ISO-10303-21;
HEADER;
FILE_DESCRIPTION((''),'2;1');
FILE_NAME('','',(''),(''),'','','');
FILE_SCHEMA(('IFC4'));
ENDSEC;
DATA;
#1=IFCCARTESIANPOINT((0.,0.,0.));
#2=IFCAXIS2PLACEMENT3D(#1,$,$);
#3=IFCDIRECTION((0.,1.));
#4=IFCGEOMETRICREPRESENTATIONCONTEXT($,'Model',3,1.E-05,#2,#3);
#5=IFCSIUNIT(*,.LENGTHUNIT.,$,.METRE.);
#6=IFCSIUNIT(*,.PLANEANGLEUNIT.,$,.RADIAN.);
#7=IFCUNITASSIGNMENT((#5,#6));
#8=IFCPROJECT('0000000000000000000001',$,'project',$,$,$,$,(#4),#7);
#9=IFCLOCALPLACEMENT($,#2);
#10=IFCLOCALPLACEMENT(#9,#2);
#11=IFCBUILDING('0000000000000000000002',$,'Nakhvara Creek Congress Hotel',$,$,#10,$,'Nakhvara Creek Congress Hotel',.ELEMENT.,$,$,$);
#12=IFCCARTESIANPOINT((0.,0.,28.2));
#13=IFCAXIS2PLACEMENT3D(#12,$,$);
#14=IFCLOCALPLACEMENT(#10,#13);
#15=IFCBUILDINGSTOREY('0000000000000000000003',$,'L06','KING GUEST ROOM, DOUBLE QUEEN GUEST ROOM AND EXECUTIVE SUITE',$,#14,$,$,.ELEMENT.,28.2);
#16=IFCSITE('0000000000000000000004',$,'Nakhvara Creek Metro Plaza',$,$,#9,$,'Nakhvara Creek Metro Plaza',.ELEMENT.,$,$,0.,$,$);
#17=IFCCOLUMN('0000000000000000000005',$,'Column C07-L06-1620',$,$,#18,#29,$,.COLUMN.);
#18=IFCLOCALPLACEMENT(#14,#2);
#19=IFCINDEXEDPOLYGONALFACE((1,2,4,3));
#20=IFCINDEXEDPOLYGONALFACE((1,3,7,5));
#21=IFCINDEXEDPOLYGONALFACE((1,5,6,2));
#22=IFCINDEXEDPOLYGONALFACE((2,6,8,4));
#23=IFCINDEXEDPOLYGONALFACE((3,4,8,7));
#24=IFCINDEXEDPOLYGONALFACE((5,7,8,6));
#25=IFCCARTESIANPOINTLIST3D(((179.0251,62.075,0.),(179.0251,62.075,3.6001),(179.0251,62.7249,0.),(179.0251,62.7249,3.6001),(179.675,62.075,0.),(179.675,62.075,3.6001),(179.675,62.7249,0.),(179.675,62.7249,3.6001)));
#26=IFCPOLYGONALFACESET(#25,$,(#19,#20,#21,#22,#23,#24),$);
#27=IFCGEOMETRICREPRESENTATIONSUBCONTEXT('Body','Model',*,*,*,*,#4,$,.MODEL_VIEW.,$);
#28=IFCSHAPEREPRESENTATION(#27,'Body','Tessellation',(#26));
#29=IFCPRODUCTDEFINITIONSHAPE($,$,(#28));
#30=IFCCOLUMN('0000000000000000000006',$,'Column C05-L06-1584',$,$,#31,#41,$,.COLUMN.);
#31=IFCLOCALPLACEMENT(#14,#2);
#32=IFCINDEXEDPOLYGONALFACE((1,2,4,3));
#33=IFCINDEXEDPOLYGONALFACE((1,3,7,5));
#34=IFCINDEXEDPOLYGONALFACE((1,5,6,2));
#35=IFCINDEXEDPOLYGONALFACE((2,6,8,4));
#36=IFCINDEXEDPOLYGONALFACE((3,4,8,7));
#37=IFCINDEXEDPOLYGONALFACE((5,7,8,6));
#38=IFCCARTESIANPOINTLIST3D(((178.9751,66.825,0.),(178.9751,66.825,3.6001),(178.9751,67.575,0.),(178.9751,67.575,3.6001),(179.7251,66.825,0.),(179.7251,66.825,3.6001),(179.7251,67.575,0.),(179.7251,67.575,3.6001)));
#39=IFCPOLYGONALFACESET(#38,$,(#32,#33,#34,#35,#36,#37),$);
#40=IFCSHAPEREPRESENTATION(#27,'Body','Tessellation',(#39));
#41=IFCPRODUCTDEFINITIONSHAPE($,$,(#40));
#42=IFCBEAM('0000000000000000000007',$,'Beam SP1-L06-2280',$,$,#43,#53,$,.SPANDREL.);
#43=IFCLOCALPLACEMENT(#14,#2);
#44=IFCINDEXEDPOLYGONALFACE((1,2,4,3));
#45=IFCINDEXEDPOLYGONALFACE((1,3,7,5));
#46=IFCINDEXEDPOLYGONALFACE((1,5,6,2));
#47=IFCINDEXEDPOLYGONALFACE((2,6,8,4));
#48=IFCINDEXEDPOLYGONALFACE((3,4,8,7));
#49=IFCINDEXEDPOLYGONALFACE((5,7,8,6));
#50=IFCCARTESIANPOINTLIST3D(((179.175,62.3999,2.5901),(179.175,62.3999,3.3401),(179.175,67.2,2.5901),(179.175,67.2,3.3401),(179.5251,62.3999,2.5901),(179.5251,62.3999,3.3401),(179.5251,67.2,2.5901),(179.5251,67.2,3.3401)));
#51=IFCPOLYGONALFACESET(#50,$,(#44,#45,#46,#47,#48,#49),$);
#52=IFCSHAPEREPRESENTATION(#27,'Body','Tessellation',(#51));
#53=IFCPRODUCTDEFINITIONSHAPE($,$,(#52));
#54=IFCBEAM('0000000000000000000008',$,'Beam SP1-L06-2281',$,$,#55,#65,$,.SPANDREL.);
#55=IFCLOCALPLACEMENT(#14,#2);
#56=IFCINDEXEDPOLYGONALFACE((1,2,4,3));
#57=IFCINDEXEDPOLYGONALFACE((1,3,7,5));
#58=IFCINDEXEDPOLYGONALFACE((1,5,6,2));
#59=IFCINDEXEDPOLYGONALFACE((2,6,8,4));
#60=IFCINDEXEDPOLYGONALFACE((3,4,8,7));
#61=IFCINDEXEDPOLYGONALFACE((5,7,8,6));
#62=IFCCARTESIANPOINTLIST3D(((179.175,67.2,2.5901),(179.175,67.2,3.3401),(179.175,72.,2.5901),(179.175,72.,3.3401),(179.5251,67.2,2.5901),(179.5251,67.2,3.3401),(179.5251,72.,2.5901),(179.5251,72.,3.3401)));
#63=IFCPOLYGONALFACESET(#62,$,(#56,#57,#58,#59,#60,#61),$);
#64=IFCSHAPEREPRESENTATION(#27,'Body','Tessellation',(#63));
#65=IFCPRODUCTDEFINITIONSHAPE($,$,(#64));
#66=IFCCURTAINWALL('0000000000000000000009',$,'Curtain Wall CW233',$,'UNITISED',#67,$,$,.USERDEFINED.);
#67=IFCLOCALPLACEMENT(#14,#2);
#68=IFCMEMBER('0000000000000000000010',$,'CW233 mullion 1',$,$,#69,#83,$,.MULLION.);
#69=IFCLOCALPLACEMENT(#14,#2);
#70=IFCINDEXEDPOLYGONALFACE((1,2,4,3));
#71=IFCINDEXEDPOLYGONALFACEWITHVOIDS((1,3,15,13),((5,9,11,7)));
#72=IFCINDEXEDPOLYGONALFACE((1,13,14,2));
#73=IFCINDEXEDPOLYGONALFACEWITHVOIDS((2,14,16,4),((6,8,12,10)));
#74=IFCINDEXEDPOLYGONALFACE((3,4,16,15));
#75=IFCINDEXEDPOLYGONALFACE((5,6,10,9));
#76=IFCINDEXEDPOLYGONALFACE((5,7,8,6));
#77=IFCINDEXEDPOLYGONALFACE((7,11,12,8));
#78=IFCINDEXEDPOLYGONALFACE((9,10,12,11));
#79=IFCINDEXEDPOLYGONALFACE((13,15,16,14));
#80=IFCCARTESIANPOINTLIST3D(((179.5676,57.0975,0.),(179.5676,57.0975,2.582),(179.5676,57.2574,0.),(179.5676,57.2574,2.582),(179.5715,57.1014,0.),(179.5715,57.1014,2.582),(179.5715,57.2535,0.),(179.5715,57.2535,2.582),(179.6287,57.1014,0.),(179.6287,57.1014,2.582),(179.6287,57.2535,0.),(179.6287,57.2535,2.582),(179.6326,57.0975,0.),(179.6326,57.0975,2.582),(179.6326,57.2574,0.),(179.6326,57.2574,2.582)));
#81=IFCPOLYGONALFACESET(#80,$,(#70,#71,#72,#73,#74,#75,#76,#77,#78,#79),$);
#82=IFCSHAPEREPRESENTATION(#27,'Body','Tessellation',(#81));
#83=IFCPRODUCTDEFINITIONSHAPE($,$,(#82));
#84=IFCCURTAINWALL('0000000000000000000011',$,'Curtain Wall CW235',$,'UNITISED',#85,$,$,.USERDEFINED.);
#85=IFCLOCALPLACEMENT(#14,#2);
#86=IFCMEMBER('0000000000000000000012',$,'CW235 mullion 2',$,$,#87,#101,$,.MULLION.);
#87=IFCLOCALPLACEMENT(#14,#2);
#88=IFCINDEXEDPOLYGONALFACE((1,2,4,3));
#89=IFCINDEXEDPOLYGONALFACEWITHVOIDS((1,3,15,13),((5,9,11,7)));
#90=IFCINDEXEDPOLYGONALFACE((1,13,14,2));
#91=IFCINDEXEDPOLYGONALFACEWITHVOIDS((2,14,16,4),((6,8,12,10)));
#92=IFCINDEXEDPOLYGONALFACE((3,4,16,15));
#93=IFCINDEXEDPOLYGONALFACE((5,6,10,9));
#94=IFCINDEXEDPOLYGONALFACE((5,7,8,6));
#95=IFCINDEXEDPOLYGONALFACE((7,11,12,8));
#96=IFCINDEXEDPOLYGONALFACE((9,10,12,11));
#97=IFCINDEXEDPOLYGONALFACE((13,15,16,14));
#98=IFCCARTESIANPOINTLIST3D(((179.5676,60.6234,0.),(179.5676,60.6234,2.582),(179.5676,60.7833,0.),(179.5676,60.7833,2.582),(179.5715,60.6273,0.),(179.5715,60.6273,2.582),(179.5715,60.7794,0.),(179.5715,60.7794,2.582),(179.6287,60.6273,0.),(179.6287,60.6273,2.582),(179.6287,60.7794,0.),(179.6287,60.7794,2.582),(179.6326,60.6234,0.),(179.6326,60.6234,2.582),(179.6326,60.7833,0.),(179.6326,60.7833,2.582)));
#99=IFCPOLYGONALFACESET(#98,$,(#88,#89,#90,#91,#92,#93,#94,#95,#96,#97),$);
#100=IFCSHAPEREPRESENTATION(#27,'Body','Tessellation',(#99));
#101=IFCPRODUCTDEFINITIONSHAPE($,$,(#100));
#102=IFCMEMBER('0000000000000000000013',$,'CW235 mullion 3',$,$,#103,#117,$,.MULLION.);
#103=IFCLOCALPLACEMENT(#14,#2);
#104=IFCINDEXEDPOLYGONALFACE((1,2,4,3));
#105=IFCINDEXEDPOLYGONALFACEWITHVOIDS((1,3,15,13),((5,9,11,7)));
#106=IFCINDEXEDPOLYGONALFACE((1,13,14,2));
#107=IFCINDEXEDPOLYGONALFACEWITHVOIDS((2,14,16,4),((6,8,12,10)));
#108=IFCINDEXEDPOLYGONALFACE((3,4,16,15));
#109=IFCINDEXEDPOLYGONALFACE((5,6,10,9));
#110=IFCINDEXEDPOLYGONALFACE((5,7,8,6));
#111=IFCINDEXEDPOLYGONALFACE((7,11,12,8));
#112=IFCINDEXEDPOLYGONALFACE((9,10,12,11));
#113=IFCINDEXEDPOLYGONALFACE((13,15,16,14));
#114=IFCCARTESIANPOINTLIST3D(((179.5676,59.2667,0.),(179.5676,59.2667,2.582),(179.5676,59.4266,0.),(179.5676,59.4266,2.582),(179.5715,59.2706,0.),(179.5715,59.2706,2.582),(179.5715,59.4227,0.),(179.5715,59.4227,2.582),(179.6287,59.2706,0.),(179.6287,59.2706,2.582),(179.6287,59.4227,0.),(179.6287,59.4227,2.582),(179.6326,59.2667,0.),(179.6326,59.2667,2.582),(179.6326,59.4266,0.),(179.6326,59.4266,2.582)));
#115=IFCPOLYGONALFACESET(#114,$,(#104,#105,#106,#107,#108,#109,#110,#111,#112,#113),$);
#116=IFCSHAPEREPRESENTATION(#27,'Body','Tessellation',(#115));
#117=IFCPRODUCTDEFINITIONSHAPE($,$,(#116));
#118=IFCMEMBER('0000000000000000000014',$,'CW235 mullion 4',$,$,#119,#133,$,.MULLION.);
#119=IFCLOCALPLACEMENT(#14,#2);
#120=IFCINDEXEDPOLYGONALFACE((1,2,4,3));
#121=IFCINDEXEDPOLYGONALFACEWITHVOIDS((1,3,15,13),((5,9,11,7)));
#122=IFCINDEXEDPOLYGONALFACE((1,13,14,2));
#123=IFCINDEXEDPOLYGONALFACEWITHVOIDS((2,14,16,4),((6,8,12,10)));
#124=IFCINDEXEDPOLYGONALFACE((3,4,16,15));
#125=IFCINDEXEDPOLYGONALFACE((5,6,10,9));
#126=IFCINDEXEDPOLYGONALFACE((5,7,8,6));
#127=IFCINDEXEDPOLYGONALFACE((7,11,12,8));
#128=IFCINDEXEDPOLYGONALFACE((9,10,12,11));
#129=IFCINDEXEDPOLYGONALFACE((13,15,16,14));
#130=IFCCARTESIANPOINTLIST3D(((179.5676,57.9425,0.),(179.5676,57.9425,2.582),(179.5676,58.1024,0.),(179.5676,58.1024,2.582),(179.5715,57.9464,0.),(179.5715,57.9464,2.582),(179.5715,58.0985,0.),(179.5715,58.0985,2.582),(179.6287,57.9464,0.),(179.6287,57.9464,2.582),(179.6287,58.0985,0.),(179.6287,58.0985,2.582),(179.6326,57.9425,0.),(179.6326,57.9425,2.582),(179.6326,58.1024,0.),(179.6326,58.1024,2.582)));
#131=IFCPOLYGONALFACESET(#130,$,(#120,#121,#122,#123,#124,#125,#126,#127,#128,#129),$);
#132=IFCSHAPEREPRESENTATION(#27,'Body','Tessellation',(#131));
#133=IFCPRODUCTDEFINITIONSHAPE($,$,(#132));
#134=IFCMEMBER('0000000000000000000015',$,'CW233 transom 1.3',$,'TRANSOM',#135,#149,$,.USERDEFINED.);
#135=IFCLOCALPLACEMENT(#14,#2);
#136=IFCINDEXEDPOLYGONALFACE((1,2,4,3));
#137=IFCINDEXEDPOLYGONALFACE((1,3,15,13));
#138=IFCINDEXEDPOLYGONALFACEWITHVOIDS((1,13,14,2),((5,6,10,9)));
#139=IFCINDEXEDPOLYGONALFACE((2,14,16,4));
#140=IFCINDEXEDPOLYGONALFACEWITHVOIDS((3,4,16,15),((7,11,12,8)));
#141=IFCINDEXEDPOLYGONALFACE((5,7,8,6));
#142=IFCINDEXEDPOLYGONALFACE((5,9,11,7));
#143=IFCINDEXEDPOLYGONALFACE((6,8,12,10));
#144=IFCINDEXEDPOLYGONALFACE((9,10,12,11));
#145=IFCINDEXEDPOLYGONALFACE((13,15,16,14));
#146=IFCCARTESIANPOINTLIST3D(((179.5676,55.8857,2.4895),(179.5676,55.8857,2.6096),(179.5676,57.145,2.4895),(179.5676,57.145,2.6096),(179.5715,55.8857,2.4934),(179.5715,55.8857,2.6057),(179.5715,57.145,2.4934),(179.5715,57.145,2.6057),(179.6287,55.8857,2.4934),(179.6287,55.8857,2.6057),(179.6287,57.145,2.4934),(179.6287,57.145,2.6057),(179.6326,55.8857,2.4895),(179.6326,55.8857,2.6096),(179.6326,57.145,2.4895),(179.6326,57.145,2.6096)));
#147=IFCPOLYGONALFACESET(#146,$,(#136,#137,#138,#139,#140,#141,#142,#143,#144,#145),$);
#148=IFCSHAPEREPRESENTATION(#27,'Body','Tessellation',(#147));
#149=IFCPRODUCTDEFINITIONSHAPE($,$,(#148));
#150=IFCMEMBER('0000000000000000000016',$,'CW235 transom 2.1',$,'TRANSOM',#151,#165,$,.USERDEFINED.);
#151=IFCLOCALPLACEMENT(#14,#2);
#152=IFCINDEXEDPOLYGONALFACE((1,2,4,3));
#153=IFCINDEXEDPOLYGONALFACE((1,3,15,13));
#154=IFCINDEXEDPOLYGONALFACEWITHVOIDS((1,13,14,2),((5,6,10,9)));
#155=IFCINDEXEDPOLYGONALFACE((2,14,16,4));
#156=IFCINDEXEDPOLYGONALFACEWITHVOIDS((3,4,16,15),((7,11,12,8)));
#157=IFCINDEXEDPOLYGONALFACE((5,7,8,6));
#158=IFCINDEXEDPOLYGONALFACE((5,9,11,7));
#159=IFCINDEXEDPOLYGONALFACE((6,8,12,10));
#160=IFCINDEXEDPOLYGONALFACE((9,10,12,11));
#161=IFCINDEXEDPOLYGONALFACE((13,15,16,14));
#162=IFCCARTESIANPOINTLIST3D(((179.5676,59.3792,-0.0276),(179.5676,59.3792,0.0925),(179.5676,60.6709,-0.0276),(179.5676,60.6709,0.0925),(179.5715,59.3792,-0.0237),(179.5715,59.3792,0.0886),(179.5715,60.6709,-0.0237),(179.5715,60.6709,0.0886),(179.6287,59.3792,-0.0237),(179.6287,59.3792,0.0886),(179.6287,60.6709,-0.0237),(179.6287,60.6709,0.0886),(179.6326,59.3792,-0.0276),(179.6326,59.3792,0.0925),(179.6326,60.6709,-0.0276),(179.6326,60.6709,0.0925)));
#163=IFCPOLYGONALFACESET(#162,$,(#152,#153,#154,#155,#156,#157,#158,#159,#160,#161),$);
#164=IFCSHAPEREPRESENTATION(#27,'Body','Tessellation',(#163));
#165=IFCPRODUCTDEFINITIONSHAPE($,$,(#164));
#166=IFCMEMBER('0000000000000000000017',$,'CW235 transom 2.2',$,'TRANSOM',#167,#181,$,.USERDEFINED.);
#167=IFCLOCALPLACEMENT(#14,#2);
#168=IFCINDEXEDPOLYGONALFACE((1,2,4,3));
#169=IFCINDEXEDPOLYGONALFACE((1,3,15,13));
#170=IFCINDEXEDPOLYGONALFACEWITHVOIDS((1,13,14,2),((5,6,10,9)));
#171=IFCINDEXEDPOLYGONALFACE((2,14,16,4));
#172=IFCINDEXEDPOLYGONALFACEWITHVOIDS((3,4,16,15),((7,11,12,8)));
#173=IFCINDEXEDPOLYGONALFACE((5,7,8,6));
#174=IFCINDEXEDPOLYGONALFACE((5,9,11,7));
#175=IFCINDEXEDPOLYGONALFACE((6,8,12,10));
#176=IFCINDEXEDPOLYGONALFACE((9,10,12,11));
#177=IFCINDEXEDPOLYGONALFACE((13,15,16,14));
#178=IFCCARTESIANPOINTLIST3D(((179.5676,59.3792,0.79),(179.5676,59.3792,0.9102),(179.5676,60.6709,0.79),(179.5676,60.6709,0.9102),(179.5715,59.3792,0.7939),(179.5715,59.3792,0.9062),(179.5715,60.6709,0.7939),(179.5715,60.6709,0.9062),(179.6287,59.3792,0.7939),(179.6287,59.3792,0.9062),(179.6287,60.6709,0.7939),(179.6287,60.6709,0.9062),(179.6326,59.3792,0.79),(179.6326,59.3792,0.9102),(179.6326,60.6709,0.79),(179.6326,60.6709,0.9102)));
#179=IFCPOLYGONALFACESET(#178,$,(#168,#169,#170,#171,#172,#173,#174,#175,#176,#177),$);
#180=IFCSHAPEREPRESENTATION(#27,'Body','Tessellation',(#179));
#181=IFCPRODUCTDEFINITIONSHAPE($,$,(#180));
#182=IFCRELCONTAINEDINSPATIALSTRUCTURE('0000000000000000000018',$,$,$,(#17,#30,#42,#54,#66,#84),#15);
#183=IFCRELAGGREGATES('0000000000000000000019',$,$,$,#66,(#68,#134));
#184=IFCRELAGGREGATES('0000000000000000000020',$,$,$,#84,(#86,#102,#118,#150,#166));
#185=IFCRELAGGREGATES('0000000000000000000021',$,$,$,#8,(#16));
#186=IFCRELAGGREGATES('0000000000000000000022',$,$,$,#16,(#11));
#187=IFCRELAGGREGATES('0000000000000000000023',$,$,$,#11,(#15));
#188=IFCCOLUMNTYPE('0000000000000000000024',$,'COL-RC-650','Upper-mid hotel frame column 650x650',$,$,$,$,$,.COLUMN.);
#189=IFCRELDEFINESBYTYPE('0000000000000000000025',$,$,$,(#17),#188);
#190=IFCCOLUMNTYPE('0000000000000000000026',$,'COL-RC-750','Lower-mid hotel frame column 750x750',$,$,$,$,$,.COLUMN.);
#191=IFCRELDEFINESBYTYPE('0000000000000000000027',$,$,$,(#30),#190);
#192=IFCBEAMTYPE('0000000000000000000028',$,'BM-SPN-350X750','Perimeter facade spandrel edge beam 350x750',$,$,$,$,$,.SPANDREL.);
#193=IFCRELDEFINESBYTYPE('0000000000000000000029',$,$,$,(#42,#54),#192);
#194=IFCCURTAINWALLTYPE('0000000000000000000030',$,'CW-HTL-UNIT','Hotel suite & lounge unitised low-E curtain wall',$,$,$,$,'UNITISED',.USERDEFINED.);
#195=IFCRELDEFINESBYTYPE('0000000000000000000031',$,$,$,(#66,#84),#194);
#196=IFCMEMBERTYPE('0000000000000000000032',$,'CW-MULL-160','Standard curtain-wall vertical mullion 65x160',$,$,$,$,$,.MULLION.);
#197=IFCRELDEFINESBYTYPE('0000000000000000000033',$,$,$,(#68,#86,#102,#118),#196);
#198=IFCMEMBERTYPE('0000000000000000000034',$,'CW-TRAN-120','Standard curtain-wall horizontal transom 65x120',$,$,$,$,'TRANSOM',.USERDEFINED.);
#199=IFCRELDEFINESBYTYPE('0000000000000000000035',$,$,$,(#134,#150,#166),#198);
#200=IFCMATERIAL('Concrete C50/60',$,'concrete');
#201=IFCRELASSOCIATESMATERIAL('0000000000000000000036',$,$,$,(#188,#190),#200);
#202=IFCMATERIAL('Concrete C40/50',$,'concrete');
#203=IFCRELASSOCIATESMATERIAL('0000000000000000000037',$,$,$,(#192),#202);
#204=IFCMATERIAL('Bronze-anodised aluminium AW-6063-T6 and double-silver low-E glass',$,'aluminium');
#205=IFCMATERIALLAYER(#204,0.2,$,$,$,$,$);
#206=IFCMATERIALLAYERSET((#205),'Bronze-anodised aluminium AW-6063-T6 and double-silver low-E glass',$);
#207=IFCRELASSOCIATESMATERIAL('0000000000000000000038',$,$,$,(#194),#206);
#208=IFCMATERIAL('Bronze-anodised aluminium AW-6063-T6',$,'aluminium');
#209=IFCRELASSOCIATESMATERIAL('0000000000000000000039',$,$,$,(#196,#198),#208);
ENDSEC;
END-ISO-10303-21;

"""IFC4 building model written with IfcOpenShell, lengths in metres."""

from ifc_helpers import new_model, si_unit, direction, frame, origin, origin_2d, place, context, subcontext, project, spatial, rectangle, hollow_rectangle, extrude, material, layer, layer_set, material_profile, profile_set, type_object, element, aggregate, save


model = new_model("IFC4")

# Units and contexts
model_context = context("Model", 3, precision=1e-05, world=origin(), true_north=direction((0.0, 1.0)))
body_context = subcontext(model_context, "Body", "Model", "MODEL_VIEW")
ifc_project = project(units=[si_unit("LENGTHUNIT", "METRE"), si_unit("PLANEANGLEUNIT", "RADIAN")], contexts=[model_context])

# Site, building, storey
site_placement = place(None, origin())
site = spatial("IfcSite", under=ifc_project, at=site_placement, Name="Nakhvara Creek Metro Plaza", LongName="Nakhvara Creek Metro Plaza", CompositionType="ELEMENT", RefElevation=0.0)
building_placement = place(site_placement, origin())
building = spatial("IfcBuilding", under=site, at=building_placement, Name="Nakhvara Creek Congress Hotel", LongName="Nakhvara Creek Congress Hotel", CompositionType="ELEMENT")
storey_placement = place(building_placement, frame((0.0, 0.0, 28.2)))
storey = spatial("IfcBuildingStorey", under=building, at=storey_placement, Name="L06", Description="KING GUEST ROOM, DOUBLE QUEEN GUEST ROOM AND EXECUTIVE SUITE", CompositionType="ELEMENT", Elevation=28.2)

# Columns
ifc_material_1 = material(Name="Concrete C50/60", Category="concrete")
ifc_material_profile_1 = material_profile(ifc_material_1, rectangle(XDim=0.6499, YDim=0.6499, at=origin_2d()), Name="RC-COL 650x650", Category="LoadBearing")
ifc_profile_set_1 = profile_set([ifc_material_profile_1], Name="Concrete C50/60")
column_type_1 = type_object("IfcColumnType", Name="COL-RC-650", Description="Upper-mid hotel frame column 650x650", PredefinedType="COLUMN", material=ifc_profile_set_1)
column_1_placement = place(storey_placement, frame((179.3501, 62.3999, 0.0), z_axis=(0.0, 0.0, 1.0), x_axis=(1.0, 0.0, 0.0)))
element("IfcColumn", 1, at=column_1_placement, inside=storey, type_object=column_type_1, Name="Column C07-L06-1620", PredefinedType="COLUMN", context=body_context, shape_type="SweptSolid", body=[
    extrude(rectangle(XDim=0.6499, YDim=0.6499, at=origin_2d()), origin(), (0.0, 0.0, 1.0), 3.6001),
])
ifc_material_profile_2 = material_profile(ifc_material_1, rectangle(XDim=0.75, YDim=0.75, at=origin_2d()), Name="RC-COL 750x750", Category="LoadBearing")
ifc_profile_set_2 = profile_set([ifc_material_profile_2], Name="Concrete C50/60")
column_type_2 = type_object("IfcColumnType", Name="COL-RC-750", Description="Lower-mid hotel frame column 750x750", PredefinedType="COLUMN", material=ifc_profile_set_2)
column_2_placement = place(storey_placement, frame((179.3501, 67.2, 0.0), z_axis=(0.0, 0.0, 1.0), x_axis=(1.0, 0.0, 0.0)))
element("IfcColumn", 2, at=column_2_placement, inside=storey, type_object=column_type_2, Name="Column C05-L06-1584", PredefinedType="COLUMN", context=body_context, shape_type="SweptSolid", body=[
    extrude(rectangle(XDim=0.75, YDim=0.75, at=origin_2d()), origin(), (0.0, 0.0, 1.0), 3.6001),
])

# Beams
ifc_material_2 = material(Name="Concrete C40/50", Category="concrete")
ifc_material_profile_3 = material_profile(ifc_material_2, rectangle(XDim=0.3501, YDim=0.75, at=origin_2d()), Name="RC-SPANDREL 350x750", Category="LoadBearing")
ifc_profile_set_3 = profile_set([ifc_material_profile_3], Name="Concrete C40/50")
beam_type = type_object("IfcBeamType", Name="BM-SPN-350X750", Description="Perimeter facade spandrel edge beam 350x750", PredefinedType="SPANDREL", material=ifc_profile_set_3)
for number, where, z_axis, x_axis, name in (
    (3, (179.3501, 62.3999, 2.9651), (0.0, 1.0, 0.0), (-1.0, 0.0, 0.0), "Beam SP1-L06-2280"),
    (4, (179.3501, 67.2, 2.9651), (0.0, 1.0, 0.0), (-1.0, 0.0, 0.0), "Beam SP1-L06-2281"),
):
    element("IfcBeam", number, at=place(storey_placement, frame(where, z_axis=z_axis, x_axis=x_axis)), inside=storey, type_object=beam_type, Name=name, PredefinedType="SPANDREL", context=body_context, shape_type="SweptSolid", body=[
        extrude(rectangle(XDim=0.3501, YDim=0.75, at=origin_2d()), origin(), (0.0, 0.0, 1.0), 4.8),
    ])

# Curtain wall, member
ifc_material_3 = material(Name="Bronze-anodised aluminium AW-6063-T6 and double-silver low-E glass", Category="aluminium")
ifc_layer_1 = layer(ifc_material_3, 0.2)
ifc_layer_set_1 = layer_set([ifc_layer_1], Name="Bronze-anodised aluminium AW-6063-T6 and double-silver low-E glass")
curtain_wall_type = type_object("IfcCurtainWallType", Name="CW-HTL-UNIT", Description="Hotel suite & lounge unitised low-E curtain wall", ElementType="UNITISED", PredefinedType="USERDEFINED", material=ifc_layer_set_1)
curtain_wall_1_placement = place(storey_placement, origin())
curtain_wall_1 = element("IfcCurtainWall", 5, at=curtain_wall_1_placement, inside=storey, type_object=curtain_wall_type, Name="Curtain Wall CW233", ObjectType="UNITISED", PredefinedType="USERDEFINED")
ifc_material_4 = material(Name="Bronze-anodised aluminium AW-6063-T6", Category="aluminium")
ifc_material_profile_4 = material_profile(ifc_material_4, hollow_rectangle(XDim=0.0649, YDim=0.1599, WallThickness=0.0039, at=origin_2d()), Name="ALU-MULL 65x160x4", Category="LoadBearing")
ifc_profile_set_4 = profile_set([ifc_material_profile_4], Name="Bronze-anodised aluminium AW-6063-T6")
member_type_1 = type_object("IfcMemberType", Name="CW-MULL-160", Description="Standard curtain-wall vertical mullion 65x160", PredefinedType="MULLION", material=ifc_profile_set_4)
member_1_placement = place(storey_placement, frame((179.6001, 57.1775, 0.0), z_axis=(0.0, 0.0, 1.0), x_axis=(1.0, 0.0, 0.0)))
member_1 = element("IfcMember", 6, at=member_1_placement, type_object=member_type_1, Name="CW233 mullion 1", PredefinedType="MULLION", context=body_context, shape_type="SweptSolid", body=[
    extrude(hollow_rectangle(XDim=0.0649, YDim=0.1599, WallThickness=0.0039, at=origin_2d()), origin(), (0.0, 0.0, 1.0), 2.582),
])

# Curtain wall, members
curtain_wall_2_placement = place(storey_placement, origin())
curtain_wall_2 = element("IfcCurtainWall", 7, at=curtain_wall_2_placement, inside=storey, type_object=curtain_wall_type, Name="Curtain Wall CW235", ObjectType="UNITISED", PredefinedType="USERDEFINED")
member_2_placement = place(storey_placement, frame((179.6001, 60.7034, 0.0), z_axis=(0.0, 0.0, 1.0), x_axis=(1.0, 0.0, 0.0)))
member_2 = element("IfcMember", 8, at=member_2_placement, type_object=member_type_1, Name="CW235 mullion 2", PredefinedType="MULLION", context=body_context, shape_type="SweptSolid", body=[
    extrude(hollow_rectangle(XDim=0.0649, YDim=0.1599, WallThickness=0.0039, at=origin_2d()), origin(), (0.0, 0.0, 1.0), 2.582),
])
member_3_placement = place(storey_placement, frame((179.6001, 59.3467, 0.0), z_axis=(0.0, 0.0, 1.0), x_axis=(1.0, 0.0, 0.0)))
member_3 = element("IfcMember", 9, at=member_3_placement, type_object=member_type_1, Name="CW235 mullion 3", PredefinedType="MULLION", context=body_context, shape_type="SweptSolid", body=[
    extrude(hollow_rectangle(XDim=0.0649, YDim=0.1599, WallThickness=0.0039, at=origin_2d()), origin(), (0.0, 0.0, 1.0), 2.582),
])
member_4_placement = place(storey_placement, frame((179.6001, 58.0225, 0.0), z_axis=(0.0, 0.0, 1.0), x_axis=(1.0, 0.0, 0.0)))
member_4 = element("IfcMember", 10, at=member_4_placement, type_object=member_type_1, Name="CW235 mullion 4", PredefinedType="MULLION", context=body_context, shape_type="SweptSolid", body=[
    extrude(hollow_rectangle(XDim=0.0649, YDim=0.1599, WallThickness=0.0039, at=origin_2d()), origin(), (0.0, 0.0, 1.0), 2.582),
])

# Members
ifc_material_profile_5 = material_profile(ifc_material_4, hollow_rectangle(XDim=0.0649, YDim=0.1201, WallThickness=0.0039, at=origin_2d()), Name="ALU-TRAN 65x120x4", Category="LoadBearing")
ifc_profile_set_5 = profile_set([ifc_material_profile_5], Name="Bronze-anodised aluminium AW-6063-T6")
member_type_2 = type_object("IfcMemberType", Name="CW-TRAN-120", Description="Standard curtain-wall horizontal transom 65x120", ElementType="TRANSOM", PredefinedType="USERDEFINED", material=ifc_profile_set_5)
member_5_placement = place(storey_placement, frame((179.6001, 57.145, 2.5496), z_axis=(0.0, -1.0, 0.0), x_axis=(1.0, 0.0, 0.0)))
member_5 = element("IfcMember", 11, at=member_5_placement, type_object=member_type_2, Name="CW233 transom 1.3", ObjectType="TRANSOM", PredefinedType="USERDEFINED", context=body_context, shape_type="SweptSolid", body=[
    extrude(hollow_rectangle(XDim=0.0649, YDim=0.1201, WallThickness=0.0039, at=origin_2d()), origin(), (0.0, 0.0, 1.0), 1.2593),
])
aggregate(curtain_wall_1, [member_1, member_5])
member_6_placement = place(storey_placement, frame((179.6001, 60.6709, 0.0325), z_axis=(0.0, -1.0, 0.0), x_axis=(1.0, 0.0, 0.0)))
member_6 = element("IfcMember", 12, at=member_6_placement, type_object=member_type_2, Name="CW235 transom 2.1", ObjectType="TRANSOM", PredefinedType="USERDEFINED", context=body_context, shape_type="SweptSolid", body=[
    extrude(hollow_rectangle(XDim=0.0649, YDim=0.1201, WallThickness=0.0039, at=origin_2d()), origin(), (0.0, 0.0, 1.0), 1.2917),
])
member_7_placement = place(storey_placement, frame((179.6001, 60.6709, 0.8501), z_axis=(0.0, -1.0, 0.0), x_axis=(1.0, 0.0, 0.0)))
member_7 = element("IfcMember", 13, at=member_7_placement, type_object=member_type_2, Name="CW235 transom 2.2", ObjectType="TRANSOM", PredefinedType="USERDEFINED", context=body_context, shape_type="SweptSolid", body=[
    extrude(hollow_rectangle(XDim=0.0649, YDim=0.1201, WallThickness=0.0039, at=origin_2d()), origin(), (0.0, 0.0, 1.0), 1.2917),
])

aggregate(curtain_wall_2, [member_2, member_3, member_4, member_6, member_7])

save(model, "model.ifc")
